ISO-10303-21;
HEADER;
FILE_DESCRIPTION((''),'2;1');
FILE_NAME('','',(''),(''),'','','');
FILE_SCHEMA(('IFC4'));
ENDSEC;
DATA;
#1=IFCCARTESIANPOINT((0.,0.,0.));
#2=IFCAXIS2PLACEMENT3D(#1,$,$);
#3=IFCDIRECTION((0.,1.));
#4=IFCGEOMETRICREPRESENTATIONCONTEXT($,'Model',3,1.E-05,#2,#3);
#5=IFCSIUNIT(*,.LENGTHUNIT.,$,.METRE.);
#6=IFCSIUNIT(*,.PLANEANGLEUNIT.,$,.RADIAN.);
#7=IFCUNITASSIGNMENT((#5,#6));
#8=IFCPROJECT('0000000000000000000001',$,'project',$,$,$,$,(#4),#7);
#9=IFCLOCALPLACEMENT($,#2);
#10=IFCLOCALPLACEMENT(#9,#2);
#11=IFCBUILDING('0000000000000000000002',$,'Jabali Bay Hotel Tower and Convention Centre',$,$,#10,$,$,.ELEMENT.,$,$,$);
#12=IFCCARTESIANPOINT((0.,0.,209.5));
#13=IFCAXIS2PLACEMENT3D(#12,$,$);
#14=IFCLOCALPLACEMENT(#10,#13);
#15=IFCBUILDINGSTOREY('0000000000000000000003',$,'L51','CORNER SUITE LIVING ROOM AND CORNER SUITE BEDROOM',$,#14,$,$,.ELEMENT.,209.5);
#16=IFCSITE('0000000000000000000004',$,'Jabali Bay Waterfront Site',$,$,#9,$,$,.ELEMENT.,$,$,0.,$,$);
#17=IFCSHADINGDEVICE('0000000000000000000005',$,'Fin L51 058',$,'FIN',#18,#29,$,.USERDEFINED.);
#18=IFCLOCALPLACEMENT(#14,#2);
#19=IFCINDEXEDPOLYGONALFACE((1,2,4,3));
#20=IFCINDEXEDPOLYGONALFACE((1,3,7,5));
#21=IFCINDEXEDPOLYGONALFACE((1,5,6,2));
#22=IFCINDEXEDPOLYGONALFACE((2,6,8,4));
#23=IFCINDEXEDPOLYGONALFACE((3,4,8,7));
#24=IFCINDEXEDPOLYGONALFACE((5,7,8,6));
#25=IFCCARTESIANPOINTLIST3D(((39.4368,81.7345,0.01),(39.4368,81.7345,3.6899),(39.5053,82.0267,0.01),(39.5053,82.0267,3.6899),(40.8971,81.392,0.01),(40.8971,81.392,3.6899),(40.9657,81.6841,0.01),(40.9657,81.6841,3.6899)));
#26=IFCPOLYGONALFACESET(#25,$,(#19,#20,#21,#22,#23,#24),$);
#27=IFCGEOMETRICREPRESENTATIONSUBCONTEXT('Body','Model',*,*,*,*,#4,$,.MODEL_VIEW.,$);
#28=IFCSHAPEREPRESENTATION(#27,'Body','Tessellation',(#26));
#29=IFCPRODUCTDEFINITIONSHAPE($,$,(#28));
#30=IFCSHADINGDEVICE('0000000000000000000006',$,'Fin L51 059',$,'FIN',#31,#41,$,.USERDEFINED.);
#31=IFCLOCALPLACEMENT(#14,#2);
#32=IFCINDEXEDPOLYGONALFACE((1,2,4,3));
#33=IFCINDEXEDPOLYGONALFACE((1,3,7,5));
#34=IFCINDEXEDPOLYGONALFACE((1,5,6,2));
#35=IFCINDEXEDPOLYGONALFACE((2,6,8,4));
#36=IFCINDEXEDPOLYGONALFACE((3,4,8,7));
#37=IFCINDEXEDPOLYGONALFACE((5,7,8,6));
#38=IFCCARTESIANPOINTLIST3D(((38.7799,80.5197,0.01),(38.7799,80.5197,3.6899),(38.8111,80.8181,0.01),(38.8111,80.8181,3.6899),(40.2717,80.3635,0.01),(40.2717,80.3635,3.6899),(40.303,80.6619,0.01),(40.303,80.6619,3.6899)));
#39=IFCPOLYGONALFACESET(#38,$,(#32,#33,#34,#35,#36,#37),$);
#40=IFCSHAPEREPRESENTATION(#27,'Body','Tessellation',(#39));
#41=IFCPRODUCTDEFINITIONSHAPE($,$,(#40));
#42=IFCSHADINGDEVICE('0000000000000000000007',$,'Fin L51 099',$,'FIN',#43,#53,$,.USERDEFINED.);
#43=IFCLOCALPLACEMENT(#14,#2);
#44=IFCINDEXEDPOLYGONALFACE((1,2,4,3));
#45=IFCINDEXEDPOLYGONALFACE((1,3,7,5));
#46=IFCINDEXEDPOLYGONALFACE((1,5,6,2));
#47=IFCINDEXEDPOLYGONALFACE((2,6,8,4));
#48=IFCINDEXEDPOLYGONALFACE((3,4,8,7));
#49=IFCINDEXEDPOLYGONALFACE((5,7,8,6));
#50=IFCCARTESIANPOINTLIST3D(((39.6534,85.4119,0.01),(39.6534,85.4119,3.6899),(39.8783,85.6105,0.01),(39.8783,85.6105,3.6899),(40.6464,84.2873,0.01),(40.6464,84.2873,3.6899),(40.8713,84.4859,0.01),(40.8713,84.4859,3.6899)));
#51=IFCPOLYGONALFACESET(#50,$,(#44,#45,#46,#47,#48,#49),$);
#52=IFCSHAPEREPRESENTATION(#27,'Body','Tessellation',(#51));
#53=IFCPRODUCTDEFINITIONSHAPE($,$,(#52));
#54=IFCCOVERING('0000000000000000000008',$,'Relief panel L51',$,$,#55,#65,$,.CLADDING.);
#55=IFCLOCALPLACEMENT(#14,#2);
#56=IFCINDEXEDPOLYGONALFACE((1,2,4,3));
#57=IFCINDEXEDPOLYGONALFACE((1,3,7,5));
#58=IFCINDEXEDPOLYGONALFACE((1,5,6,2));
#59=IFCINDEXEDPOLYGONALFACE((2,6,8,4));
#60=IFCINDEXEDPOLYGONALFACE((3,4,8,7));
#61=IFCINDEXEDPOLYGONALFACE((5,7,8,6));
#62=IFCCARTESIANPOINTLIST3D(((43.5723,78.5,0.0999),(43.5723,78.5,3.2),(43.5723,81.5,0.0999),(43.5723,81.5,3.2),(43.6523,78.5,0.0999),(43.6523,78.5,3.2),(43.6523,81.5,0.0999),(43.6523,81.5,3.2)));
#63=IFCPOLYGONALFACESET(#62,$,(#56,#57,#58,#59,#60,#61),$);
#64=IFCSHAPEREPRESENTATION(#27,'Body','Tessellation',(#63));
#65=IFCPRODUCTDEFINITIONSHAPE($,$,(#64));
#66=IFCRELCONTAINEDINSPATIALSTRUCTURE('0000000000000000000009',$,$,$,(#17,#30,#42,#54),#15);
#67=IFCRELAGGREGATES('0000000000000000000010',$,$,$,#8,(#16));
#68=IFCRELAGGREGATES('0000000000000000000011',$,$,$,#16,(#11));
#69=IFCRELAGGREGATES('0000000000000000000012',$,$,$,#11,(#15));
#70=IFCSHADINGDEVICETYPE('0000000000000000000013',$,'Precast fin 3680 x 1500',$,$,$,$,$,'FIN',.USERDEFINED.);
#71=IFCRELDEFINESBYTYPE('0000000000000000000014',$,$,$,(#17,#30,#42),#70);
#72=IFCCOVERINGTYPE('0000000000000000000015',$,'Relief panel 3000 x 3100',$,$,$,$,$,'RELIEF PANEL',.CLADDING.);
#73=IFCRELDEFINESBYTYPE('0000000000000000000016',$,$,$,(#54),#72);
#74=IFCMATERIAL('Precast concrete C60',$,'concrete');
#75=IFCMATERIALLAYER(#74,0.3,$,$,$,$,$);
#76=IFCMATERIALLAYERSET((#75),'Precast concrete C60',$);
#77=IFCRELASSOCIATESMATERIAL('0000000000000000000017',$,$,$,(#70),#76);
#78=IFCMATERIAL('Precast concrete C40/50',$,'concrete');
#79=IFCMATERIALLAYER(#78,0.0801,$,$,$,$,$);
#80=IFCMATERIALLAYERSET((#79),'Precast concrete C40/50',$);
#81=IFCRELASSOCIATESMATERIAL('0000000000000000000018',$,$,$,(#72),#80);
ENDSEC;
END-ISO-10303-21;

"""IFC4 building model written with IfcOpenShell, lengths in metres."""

from ifc_helpers import new_model, si_unit, direction, frame, frame_2d, origin, origin_2d, place, context, subcontext, project, spatial, rectangle, extrude, material, layer, layer_set, type_object, element, save


model = new_model("IFC4")

# Units and contexts
model_context = context("Model", 3, precision=1e-05, world=origin(), true_north=direction((0.0, 1.0)))
body_context = subcontext(model_context, "Body", "Model", "MODEL_VIEW")
ifc_project = project(units=[si_unit("LENGTHUNIT", "METRE"), si_unit("PLANEANGLEUNIT", "RADIAN")], contexts=[model_context])

# Site, building, storey
site_placement = place(None, origin())
site = spatial("IfcSite", under=ifc_project, at=site_placement, Name="Jabali Bay Waterfront Site", CompositionType="ELEMENT", RefElevation=0.0)
building_placement = place(site_placement, origin())
building = spatial("IfcBuilding", under=site, at=building_placement, Name="Jabali Bay Hotel Tower and Convention Centre", CompositionType="ELEMENT")
storey_placement = place(building_placement, frame((0.0, 0.0, 209.5)))
storey = spatial("IfcBuildingStorey", under=building, at=storey_placement, Name="L51", Description="CORNER SUITE LIVING ROOM AND CORNER SUITE BEDROOM", CompositionType="ELEMENT", Elevation=209.5)

# Shading devices
ifc_material_1 = material(Name="Precast concrete C60", Category="concrete")
ifc_layer_1 = layer(ifc_material_1, 0.3)
ifc_layer_set_1 = layer_set([ifc_layer_1], Name="Precast concrete C60")
shading_device_type = type_object("IfcShadingDeviceType", Name="Precast fin 3680 x 1500", ElementType="FIN", PredefinedType="USERDEFINED", material=ifc_layer_set_1)
for number, where, z_axis, x_axis, name in (
    (1, (40.9314, 81.5381, 0.01), (0.0, 0.0, 1.0), (-0.973581, 0.228341, 0.0), "Fin L51 058"),
    (2, (40.2874, 80.5127, 0.01), (0.0, 0.0, 1.0), (-0.994561, 0.10416, 0.0), "Fin L51 059"),
):
    element("IfcShadingDevice", number, at=place(storey_placement, frame(where, z_axis=z_axis, x_axis=x_axis)), inside=storey, type_object=shading_device_type, Name=name, ObjectType="FIN", PredefinedType="USERDEFINED", context=body_context, shape_type="SweptSolid", body=[
        extrude(rectangle(XDim=1.5, YDim=0.3, at=frame_2d((0.75, 0.0))), origin(), (0.0, 0.0, 1.0), 3.6799),
    ])
shading_device_placement = place(storey_placement, frame((40.7588, 84.3867, 0.01), z_axis=(0.0, 0.0, 1.0), x_axis=(-0.661885, 0.749605, 0.0)))
element("IfcShadingDevice", 3, at=shading_device_placement, inside=storey, type_object=shading_device_type, Name="Fin L51 099", ObjectType="FIN", PredefinedType="USERDEFINED", context=body_context, shape_type="SweptSolid", body=[
    extrude(rectangle(XDim=1.5002, YDim=0.3, at=frame_2d((0.75, 0.0))), origin(), (0.0, 0.0, 1.0), 3.6799),
])

# Covering
ifc_material_2 = material(Name="Precast concrete C40/50", Category="concrete")
ifc_layer_2 = layer(ifc_material_2, 0.0801)
ifc_layer_set_2 = layer_set([ifc_layer_2], Name="Precast concrete C40/50")
covering_type = type_object("IfcCoveringType", Name="Relief panel 3000 x 3100", ElementType="RELIEF PANEL", PredefinedType="CLADDING", material=ifc_layer_set_2)
covering_placement = place(storey_placement, frame((43.6123, 80.0, 0.0999), z_axis=(0.0, 0.0, 1.0), x_axis=(0.0, 1.0, 0.0)))
element("IfcCovering", 4, at=covering_placement, inside=storey, type_object=covering_type, Name="Relief panel L51", PredefinedType="CLADDING", context=body_context, shape_type="SweptSolid", body=[
    extrude(rectangle(XDim=3.0, YDim=0.0801, at=origin_2d()), origin(), (0.0, 0.0, 1.0), 3.1001),
])

save(model, "model.ifc")
